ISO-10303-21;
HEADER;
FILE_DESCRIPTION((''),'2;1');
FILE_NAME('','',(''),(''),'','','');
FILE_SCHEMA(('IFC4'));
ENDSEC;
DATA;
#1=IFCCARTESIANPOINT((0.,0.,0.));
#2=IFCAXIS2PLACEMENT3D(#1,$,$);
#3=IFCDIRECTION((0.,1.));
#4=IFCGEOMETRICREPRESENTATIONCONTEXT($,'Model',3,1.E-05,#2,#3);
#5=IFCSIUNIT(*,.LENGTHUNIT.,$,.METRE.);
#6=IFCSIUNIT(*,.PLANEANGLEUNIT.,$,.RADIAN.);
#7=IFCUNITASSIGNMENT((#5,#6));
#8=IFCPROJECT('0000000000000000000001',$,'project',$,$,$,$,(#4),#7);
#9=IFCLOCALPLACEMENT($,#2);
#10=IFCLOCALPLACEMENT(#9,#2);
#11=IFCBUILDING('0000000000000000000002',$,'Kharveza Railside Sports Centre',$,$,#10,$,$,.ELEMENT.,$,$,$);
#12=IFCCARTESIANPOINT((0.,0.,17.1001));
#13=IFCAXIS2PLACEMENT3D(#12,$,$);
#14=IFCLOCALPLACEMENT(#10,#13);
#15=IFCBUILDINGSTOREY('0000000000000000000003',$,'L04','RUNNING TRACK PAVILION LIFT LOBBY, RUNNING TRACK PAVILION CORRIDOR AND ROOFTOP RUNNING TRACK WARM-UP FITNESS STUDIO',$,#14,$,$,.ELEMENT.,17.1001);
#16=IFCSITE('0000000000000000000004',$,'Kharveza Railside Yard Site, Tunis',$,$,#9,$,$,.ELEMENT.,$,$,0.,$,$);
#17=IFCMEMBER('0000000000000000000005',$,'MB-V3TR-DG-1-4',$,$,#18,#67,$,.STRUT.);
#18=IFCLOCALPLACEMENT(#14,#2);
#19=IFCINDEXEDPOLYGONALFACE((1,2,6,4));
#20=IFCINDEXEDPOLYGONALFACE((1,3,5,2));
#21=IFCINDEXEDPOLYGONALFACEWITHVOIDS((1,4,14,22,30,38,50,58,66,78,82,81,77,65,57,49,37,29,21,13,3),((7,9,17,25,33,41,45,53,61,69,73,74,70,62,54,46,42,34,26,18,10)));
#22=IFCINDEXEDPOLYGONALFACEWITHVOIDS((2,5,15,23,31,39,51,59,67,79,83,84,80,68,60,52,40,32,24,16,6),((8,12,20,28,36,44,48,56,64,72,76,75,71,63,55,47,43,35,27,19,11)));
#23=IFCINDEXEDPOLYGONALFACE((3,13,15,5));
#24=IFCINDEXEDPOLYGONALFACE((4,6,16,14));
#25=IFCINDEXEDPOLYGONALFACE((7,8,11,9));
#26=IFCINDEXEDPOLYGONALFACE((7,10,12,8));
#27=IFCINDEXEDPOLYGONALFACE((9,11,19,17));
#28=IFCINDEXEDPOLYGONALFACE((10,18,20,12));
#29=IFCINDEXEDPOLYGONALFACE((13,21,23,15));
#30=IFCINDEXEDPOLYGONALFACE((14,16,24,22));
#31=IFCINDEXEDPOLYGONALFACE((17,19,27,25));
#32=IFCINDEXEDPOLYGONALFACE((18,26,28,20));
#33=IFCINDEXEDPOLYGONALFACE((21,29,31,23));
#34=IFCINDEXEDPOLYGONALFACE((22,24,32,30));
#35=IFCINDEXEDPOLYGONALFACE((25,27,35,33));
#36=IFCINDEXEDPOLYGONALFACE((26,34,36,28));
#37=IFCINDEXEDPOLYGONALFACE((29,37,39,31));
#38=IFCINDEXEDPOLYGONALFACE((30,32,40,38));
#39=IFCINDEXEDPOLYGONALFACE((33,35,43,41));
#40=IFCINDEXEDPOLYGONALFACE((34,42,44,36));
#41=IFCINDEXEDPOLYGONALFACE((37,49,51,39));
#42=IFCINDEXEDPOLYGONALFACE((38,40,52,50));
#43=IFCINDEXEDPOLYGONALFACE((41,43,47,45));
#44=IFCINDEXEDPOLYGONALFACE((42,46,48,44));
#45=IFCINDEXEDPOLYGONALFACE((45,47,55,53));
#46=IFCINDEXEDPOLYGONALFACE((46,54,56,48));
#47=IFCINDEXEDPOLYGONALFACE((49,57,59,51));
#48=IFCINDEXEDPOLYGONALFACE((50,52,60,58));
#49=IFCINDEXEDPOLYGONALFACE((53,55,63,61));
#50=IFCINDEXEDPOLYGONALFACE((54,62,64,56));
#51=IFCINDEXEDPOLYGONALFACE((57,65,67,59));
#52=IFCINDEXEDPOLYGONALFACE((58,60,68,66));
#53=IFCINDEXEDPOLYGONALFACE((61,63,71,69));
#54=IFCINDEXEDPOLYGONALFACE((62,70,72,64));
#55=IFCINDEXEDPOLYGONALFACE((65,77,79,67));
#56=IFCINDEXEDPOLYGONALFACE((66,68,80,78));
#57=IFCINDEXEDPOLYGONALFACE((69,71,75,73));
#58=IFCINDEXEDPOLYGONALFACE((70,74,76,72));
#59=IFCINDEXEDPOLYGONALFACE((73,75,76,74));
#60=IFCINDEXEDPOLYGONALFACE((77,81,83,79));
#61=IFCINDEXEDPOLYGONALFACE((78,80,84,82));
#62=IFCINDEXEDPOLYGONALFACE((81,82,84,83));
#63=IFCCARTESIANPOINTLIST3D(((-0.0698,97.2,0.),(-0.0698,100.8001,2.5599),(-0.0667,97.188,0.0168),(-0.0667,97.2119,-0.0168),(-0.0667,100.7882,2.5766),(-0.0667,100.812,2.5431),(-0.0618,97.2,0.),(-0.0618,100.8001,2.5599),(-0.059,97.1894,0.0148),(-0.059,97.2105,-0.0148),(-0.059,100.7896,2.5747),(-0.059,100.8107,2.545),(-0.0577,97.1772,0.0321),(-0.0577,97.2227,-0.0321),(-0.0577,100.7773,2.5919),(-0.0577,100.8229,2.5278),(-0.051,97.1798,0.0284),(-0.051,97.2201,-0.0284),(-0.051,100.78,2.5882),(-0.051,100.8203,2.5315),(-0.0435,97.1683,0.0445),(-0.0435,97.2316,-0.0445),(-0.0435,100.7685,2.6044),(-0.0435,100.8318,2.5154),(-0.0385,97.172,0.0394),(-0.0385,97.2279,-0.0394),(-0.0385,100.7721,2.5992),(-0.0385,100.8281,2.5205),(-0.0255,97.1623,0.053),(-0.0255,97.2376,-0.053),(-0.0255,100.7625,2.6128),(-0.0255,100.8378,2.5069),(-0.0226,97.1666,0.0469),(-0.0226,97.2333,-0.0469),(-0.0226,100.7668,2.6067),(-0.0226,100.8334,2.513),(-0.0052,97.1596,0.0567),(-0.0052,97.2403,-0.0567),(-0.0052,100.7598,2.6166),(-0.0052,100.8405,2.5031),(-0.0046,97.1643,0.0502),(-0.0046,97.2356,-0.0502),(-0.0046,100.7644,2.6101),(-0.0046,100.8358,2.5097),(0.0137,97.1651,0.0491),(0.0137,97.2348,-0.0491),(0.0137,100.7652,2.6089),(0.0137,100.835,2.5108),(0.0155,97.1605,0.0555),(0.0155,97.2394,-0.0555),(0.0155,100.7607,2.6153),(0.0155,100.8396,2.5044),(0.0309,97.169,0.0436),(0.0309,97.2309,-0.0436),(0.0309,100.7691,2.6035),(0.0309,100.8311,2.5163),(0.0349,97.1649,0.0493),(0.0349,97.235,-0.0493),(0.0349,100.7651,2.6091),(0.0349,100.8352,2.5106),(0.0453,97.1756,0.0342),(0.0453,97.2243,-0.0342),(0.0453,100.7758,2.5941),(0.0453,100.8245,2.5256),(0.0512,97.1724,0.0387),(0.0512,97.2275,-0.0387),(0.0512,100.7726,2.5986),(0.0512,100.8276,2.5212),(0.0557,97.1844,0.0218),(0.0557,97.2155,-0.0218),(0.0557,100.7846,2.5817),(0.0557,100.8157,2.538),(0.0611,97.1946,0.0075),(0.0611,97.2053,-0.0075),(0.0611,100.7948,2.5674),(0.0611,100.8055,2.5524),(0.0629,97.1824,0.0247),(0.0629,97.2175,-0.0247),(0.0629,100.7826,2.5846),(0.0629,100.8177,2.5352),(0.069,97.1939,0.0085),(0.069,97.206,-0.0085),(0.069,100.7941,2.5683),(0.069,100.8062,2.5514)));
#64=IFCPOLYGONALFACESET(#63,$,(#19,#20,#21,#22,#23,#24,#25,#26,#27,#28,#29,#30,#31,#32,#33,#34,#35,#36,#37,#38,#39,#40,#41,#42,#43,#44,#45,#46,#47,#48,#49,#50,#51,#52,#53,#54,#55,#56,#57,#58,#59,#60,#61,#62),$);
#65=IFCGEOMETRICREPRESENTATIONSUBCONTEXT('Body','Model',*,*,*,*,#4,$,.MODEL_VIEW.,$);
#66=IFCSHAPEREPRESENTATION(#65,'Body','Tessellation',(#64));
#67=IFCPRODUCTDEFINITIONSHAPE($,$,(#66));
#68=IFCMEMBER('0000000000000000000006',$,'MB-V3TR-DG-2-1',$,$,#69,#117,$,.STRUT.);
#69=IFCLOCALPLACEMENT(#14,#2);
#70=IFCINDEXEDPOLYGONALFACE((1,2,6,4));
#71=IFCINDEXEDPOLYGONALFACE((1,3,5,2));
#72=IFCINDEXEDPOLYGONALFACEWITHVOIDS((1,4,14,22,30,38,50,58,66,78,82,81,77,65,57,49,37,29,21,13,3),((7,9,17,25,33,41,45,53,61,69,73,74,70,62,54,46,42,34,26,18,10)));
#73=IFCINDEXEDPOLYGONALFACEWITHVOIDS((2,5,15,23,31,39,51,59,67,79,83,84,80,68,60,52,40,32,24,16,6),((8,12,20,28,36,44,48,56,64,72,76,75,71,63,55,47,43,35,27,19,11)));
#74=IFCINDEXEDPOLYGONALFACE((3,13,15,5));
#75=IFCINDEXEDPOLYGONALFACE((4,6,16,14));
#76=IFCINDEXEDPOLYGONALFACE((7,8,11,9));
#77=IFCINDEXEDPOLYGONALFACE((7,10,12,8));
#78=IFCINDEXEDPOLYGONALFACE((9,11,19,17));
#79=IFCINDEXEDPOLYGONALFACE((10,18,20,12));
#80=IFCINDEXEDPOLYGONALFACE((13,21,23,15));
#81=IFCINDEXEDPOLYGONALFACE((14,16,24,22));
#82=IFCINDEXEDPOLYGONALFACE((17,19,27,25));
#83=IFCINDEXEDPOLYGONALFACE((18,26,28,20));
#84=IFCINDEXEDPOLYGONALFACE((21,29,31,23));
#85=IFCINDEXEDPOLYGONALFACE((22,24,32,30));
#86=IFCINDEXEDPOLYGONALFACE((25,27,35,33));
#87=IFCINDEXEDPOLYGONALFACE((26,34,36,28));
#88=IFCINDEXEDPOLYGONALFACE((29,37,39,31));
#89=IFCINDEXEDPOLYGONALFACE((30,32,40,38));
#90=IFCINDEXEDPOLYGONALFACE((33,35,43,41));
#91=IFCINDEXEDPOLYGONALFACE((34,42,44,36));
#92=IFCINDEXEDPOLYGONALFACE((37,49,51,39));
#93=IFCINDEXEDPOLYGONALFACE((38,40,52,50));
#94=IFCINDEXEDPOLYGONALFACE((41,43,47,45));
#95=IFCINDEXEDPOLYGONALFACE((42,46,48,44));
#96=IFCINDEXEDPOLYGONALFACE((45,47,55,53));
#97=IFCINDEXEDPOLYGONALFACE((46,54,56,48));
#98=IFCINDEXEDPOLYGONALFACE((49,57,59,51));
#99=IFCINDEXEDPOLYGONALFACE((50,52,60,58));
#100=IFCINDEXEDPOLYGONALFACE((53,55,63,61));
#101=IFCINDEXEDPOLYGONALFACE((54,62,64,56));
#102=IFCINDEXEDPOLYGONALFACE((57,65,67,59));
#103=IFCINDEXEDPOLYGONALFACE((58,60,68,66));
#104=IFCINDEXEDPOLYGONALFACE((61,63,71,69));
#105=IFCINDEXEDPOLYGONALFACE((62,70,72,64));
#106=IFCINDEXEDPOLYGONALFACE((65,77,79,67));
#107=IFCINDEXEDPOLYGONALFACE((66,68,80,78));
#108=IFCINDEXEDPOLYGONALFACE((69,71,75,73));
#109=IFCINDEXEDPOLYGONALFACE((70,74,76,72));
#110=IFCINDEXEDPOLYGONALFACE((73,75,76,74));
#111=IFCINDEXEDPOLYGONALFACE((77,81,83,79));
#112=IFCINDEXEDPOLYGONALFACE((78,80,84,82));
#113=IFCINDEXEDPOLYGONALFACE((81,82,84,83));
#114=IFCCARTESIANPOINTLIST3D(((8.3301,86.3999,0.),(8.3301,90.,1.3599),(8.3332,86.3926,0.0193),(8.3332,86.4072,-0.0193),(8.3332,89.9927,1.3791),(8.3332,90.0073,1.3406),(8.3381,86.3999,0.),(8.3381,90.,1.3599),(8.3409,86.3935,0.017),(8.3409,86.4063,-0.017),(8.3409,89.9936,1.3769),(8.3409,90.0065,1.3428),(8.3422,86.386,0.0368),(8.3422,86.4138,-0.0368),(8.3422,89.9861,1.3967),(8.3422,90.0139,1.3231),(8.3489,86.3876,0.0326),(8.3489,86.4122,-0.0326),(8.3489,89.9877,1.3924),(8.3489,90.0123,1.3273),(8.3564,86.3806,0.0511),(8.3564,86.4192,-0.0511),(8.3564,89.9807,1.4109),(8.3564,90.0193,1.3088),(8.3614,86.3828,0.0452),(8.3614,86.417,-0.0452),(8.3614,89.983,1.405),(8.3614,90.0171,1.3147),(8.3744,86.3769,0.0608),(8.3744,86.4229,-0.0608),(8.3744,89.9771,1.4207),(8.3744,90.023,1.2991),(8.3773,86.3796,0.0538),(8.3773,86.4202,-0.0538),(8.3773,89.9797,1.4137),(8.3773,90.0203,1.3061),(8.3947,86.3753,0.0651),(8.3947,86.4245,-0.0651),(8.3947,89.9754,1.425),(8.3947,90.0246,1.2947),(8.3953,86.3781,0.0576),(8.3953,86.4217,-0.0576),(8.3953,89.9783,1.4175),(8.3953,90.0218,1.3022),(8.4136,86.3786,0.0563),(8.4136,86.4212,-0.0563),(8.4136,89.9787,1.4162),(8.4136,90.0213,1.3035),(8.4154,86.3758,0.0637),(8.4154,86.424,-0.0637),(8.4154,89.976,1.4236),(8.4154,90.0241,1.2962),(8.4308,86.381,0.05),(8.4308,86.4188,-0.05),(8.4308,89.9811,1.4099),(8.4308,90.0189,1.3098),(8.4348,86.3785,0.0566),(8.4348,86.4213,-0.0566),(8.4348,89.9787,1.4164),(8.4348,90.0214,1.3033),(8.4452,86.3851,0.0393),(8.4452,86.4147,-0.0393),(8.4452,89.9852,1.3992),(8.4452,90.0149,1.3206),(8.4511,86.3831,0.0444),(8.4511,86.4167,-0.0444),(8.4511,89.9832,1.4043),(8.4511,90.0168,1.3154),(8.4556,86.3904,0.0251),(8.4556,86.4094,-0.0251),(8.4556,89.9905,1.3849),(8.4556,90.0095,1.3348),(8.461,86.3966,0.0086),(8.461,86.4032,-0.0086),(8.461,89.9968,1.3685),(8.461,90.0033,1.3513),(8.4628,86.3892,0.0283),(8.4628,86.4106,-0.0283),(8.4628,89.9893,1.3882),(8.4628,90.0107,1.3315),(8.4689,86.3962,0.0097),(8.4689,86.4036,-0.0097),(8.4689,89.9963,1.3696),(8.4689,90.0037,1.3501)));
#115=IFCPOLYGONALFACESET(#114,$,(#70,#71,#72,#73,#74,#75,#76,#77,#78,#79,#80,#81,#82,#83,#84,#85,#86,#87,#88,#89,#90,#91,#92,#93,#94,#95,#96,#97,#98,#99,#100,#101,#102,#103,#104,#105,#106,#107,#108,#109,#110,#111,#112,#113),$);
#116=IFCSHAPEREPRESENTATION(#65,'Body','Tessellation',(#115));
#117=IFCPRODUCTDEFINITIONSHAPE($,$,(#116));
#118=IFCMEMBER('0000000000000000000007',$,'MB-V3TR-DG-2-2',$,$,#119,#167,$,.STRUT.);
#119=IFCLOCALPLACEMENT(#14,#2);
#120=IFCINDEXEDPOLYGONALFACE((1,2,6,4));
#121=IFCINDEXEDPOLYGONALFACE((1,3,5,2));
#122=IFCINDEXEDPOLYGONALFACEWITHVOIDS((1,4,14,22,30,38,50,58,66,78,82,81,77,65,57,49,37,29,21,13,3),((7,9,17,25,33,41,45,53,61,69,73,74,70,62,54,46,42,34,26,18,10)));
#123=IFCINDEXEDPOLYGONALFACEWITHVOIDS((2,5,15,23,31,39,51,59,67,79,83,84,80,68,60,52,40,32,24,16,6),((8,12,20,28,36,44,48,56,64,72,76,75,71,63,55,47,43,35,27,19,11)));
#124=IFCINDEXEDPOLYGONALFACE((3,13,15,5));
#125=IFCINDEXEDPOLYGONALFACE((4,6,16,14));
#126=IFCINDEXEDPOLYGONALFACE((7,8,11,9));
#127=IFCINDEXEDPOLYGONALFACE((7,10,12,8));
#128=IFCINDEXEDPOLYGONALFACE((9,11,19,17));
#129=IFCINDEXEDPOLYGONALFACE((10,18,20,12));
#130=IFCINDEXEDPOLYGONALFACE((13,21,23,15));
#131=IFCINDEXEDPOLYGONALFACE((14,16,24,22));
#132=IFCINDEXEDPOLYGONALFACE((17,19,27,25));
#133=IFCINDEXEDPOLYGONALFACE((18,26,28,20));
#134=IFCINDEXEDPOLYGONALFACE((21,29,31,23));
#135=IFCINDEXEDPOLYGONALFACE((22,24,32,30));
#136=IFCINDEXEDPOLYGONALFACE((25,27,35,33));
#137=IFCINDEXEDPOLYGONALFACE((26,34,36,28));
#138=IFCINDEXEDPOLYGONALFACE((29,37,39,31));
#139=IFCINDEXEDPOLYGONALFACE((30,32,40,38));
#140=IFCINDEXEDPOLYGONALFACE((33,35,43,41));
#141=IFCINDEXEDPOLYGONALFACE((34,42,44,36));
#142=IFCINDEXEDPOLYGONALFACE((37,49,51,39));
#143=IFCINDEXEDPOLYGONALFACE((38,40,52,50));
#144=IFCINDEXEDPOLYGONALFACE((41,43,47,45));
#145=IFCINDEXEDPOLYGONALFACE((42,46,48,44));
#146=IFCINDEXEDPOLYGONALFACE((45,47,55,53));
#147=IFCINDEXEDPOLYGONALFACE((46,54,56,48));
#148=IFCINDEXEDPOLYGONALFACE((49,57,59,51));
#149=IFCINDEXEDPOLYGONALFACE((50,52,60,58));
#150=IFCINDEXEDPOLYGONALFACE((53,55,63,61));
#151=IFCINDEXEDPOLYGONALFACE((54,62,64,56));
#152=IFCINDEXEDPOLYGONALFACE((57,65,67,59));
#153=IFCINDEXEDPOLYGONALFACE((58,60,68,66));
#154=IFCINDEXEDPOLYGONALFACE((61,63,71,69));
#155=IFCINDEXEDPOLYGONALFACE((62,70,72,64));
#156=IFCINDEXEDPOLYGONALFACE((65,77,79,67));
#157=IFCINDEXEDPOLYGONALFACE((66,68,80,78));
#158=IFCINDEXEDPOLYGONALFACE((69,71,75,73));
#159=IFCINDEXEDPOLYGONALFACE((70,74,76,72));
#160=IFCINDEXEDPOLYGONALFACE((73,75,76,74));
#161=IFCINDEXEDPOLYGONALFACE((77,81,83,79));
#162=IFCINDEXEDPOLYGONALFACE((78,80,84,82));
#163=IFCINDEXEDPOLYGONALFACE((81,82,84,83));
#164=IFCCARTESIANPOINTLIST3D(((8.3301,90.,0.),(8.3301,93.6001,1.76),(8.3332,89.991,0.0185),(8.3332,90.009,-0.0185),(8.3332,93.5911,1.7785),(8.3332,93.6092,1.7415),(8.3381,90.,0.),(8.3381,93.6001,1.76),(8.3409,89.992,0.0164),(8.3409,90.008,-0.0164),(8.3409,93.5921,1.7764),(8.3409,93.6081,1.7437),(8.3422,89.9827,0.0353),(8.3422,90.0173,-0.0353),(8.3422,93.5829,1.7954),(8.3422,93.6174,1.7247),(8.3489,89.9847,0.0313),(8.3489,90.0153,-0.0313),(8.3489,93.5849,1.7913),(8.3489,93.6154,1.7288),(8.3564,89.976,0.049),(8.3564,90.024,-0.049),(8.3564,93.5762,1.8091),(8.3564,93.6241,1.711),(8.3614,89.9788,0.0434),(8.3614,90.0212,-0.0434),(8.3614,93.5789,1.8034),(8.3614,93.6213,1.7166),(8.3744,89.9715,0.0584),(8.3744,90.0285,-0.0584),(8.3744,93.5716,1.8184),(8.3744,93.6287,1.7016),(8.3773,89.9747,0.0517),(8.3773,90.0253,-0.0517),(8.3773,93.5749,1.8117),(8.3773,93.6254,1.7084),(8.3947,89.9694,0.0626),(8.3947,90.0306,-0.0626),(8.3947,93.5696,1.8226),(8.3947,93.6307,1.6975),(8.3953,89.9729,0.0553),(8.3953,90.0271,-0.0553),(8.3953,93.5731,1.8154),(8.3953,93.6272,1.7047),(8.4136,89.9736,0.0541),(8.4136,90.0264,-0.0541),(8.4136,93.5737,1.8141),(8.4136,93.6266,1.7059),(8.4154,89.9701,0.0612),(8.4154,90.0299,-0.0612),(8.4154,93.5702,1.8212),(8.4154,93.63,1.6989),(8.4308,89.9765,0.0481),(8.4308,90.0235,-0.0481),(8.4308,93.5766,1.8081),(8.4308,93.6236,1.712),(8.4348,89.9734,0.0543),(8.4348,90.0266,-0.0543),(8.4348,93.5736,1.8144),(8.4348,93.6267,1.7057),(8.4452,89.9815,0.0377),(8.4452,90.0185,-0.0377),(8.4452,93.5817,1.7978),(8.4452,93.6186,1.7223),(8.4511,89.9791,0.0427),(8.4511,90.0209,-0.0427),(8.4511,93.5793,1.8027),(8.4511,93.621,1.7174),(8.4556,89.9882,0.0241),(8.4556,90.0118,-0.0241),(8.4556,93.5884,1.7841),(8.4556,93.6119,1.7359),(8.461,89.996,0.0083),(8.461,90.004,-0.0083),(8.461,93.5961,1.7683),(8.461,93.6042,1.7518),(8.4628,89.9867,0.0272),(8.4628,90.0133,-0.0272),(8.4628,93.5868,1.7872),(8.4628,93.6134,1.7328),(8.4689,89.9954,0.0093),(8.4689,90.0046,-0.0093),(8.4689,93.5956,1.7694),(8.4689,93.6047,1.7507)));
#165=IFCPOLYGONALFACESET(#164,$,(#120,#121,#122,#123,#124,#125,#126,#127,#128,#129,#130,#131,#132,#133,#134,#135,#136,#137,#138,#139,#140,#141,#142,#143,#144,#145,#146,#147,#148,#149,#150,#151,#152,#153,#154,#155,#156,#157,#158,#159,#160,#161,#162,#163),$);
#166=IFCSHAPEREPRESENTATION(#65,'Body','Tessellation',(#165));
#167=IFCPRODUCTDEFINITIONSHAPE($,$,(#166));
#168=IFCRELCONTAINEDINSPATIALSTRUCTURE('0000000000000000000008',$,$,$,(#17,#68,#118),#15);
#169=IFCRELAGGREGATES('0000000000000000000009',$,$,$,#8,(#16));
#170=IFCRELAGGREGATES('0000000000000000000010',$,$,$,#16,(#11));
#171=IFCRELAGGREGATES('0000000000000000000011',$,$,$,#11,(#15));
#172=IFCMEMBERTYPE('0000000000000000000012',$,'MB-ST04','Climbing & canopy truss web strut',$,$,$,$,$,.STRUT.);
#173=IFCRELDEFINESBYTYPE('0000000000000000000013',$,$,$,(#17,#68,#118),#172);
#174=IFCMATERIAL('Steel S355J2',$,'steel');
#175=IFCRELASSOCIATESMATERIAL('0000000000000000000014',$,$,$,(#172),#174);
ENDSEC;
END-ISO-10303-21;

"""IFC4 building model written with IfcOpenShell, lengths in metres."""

from ifc_helpers import new_model, si_unit, direction, frame, origin, origin_2d, place, context, subcontext, project, spatial, hollow_circle, extrude, material, material_profile, profile_set, type_object, element, save


model = new_model("IFC4")

# Units and contexts
model_context = context("Model", 3, precision=1e-05, world=origin(), true_north=direction((0.0, 1.0)))
body_context = subcontext(model_context, "Body", "Model", "MODEL_VIEW")
ifc_project = project(units=[si_unit("LENGTHUNIT", "METRE"), si_unit("PLANEANGLEUNIT", "RADIAN")], contexts=[model_context])

# Site, building, storey
site_placement = place(None, origin())
site = spatial("IfcSite", under=ifc_project, at=site_placement, Name="Kharveza Railside Yard Site, Tunis", CompositionType="ELEMENT", RefElevation=0.0)
building_placement = place(site_placement, origin())
building = spatial("IfcBuilding", under=site, at=building_placement, Name="Kharveza Railside Sports Centre", CompositionType="ELEMENT")
storey_placement = place(building_placement, frame((0.0, 0.0, 17.1001)))
storey = spatial("IfcBuildingStorey", under=building, at=storey_placement, Name="L04", Description="RUNNING TRACK PAVILION LIFT LOBBY, RUNNING TRACK PAVILION CORRIDOR AND ROOFTOP RUNNING TRACK WARM-UP FITNESS STUDIO", CompositionType="ELEMENT", Elevation=17.1001)

# Members
ifc_material_1 = material(Name="Steel S355J2", Category="steel")
ifc_material_profile_1 = material_profile(ifc_material_1, hollow_circle(Radius=0.0698, WallThickness=0.0081, at=origin_2d()), Name="CHS 139.7x8.0")
ifc_profile_set_1 = profile_set([ifc_material_profile_1], Name="Steel S355J2")
member_type_1 = type_object("IfcMemberType", Name="MB-ST04", Description="Climbing & canopy truss web strut", PredefinedType="STRUT", material=ifc_profile_set_1)
member_1_placement = place(storey_placement, frame((0.0, 97.2, 0.0), z_axis=(0.0, 0.814983, 0.579485), x_axis=(-1.0, 0.0, 0.0)))
element("IfcMember", 1, at=member_1_placement, inside=storey, type_object=member_type_1, Name="MB-V3TR-DG-1-4", PredefinedType="STRUT", context=body_context, shape_type="SweptSolid", body=[
    extrude(hollow_circle(Radius=0.0698, WallThickness=0.0081, at=origin_2d()), origin(), (0.0, 0.0, 1.0), 4.4175),
])
member_2_placement = place(storey_placement, frame((8.3999, 86.3999, 0.0), z_axis=(0.0, 0.935487, 0.353361), x_axis=(-1.0, 0.0, 0.0)))
element("IfcMember", 2, at=member_2_placement, inside=storey, type_object=member_type_1, Name="MB-V3TR-DG-2-1", PredefinedType="STRUT", context=body_context, shape_type="SweptSolid", body=[
    extrude(hollow_circle(Radius=0.0698, WallThickness=0.0081, at=origin_2d()), origin(), (0.0, 0.0, 1.0), 3.8484),
])
member_3_placement = place(storey_placement, frame((8.3999, 90.0, 0.0), z_axis=(0.0, 0.898388, 0.439202), x_axis=(-1.0, 0.0, 0.0)))
element("IfcMember", 3, at=member_3_placement, inside=storey, type_object=member_type_1, Name="MB-V3TR-DG-2-2", PredefinedType="STRUT", context=body_context, shape_type="SweptSolid", body=[
    extrude(hollow_circle(Radius=0.0698, WallThickness=0.0081, at=origin_2d()), origin(), (0.0, 0.0, 1.0), 4.0073),
])

save(model, "model.ifc")
